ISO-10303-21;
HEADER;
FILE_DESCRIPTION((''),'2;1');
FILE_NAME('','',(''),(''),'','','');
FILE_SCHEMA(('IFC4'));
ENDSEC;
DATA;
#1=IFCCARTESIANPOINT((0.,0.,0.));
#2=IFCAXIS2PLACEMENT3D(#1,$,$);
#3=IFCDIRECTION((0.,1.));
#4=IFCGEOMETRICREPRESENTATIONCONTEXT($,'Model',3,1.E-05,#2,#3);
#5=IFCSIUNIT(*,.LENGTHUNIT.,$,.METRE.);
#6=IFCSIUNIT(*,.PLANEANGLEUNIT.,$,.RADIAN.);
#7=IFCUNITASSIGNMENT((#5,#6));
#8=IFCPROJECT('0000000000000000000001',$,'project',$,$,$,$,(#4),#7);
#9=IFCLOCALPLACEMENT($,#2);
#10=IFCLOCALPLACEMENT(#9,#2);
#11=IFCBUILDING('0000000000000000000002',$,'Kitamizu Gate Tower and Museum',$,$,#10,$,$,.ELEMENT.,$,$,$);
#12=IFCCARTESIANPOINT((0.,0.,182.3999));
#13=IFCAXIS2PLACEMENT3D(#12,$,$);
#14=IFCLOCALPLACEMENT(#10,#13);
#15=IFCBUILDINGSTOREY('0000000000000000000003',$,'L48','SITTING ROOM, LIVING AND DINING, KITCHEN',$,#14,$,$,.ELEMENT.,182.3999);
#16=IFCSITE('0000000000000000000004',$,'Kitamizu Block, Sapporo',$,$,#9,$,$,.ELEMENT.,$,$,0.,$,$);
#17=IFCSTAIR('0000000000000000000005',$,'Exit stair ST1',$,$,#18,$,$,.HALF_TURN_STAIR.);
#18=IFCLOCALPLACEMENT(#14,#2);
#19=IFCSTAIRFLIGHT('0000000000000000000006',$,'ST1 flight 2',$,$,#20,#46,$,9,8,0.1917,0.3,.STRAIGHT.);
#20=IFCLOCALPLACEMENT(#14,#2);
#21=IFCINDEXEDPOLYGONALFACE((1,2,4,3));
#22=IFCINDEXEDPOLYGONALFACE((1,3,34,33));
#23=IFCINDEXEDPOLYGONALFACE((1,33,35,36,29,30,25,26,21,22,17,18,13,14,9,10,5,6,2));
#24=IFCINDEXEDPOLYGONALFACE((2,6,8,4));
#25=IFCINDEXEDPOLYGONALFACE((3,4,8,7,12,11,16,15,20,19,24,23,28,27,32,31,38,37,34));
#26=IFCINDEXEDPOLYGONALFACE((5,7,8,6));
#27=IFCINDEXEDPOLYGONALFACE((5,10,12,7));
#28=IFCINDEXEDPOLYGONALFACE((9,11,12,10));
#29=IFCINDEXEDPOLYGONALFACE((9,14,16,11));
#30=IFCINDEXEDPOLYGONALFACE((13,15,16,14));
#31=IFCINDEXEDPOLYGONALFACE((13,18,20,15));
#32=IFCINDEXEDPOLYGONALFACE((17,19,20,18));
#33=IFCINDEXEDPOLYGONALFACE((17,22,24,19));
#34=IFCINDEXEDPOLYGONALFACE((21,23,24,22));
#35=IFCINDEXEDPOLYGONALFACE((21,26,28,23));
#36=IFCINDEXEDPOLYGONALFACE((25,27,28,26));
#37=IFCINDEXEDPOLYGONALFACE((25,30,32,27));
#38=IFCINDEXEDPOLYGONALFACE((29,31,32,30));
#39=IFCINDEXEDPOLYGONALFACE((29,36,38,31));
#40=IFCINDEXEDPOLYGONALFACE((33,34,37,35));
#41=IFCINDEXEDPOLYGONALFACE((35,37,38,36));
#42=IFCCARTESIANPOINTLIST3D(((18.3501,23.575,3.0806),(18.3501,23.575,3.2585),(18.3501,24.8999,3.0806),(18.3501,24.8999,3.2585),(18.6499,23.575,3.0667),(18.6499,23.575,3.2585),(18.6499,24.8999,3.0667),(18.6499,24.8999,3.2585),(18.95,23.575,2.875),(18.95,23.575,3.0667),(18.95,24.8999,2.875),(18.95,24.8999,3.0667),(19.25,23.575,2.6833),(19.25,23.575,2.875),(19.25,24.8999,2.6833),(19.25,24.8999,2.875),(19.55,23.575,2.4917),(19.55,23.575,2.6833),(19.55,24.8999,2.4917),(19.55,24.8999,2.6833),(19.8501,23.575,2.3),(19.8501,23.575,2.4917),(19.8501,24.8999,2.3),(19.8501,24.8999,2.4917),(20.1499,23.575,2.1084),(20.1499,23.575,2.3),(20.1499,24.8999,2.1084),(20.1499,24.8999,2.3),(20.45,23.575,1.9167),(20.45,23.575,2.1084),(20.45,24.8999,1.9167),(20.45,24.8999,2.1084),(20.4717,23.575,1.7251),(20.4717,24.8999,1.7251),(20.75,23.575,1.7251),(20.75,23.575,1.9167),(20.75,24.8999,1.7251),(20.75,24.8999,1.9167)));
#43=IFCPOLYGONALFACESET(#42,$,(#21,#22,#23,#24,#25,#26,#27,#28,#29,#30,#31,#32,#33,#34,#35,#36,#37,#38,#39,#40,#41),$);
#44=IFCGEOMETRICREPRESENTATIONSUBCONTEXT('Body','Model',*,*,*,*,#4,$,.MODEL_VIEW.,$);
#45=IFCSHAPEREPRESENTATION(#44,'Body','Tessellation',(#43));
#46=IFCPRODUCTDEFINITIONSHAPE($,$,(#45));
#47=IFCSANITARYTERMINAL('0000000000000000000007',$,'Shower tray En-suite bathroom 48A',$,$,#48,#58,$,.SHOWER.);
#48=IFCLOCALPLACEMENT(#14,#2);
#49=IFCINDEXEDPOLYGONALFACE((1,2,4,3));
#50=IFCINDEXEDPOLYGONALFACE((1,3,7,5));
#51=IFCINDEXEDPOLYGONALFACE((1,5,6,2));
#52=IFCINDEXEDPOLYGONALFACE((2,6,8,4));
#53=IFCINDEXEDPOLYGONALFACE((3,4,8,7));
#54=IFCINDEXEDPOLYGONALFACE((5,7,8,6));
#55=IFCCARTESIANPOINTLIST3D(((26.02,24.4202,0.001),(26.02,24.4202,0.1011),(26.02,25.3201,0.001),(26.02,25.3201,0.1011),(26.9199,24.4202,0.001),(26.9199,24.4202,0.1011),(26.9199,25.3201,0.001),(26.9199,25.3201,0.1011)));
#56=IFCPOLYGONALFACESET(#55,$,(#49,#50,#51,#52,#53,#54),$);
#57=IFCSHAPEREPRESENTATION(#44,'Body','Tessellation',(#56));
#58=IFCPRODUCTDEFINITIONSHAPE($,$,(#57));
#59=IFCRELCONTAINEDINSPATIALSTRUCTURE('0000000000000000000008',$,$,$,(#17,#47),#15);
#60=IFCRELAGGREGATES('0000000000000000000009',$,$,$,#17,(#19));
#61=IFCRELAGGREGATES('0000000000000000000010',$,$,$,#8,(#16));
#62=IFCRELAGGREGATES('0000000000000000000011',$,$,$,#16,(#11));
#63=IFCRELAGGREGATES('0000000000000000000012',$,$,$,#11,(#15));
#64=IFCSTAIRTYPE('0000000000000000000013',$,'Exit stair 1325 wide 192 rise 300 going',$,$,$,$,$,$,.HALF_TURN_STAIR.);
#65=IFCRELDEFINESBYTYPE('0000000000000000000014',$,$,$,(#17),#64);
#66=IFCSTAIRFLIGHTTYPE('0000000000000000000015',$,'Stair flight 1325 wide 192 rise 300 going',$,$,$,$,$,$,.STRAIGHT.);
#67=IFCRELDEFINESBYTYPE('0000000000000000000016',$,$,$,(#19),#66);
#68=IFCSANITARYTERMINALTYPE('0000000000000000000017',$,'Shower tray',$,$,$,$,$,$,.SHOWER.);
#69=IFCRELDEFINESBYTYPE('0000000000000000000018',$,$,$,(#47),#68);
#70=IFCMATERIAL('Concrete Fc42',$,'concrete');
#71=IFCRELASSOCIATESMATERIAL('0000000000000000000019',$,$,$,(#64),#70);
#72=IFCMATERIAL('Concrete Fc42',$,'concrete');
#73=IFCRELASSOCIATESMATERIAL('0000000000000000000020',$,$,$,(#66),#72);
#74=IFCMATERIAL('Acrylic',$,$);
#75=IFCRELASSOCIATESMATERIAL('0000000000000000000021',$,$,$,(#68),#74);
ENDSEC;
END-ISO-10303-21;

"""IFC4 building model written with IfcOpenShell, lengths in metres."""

from ifc_helpers import new_model, si_unit, direction, frame, origin, origin_2d, place, context, subcontext, project, spatial, polyline, rectangle, outline, extrude, material, type_object, element, aggregate, save


model = new_model("IFC4")

# Units and contexts
model_context = context("Model", 3, precision=1e-05, world=origin(), true_north=direction((0.0, 1.0)))
body_context = subcontext(model_context, "Body", "Model", "MODEL_VIEW")
ifc_project = project(units=[si_unit("LENGTHUNIT", "METRE"), si_unit("PLANEANGLEUNIT", "RADIAN")], contexts=[model_context])

# Site, building, storey
site_placement = place(None, origin())
site = spatial("IfcSite", under=ifc_project, at=site_placement, Name="Kitamizu Block, Sapporo", CompositionType="ELEMENT", RefElevation=0.0)
building_placement = place(site_placement, origin())
building = spatial("IfcBuilding", under=site, at=building_placement, Name="Kitamizu Gate Tower and Museum", CompositionType="ELEMENT")
storey_placement = place(building_placement, frame((0.0, 0.0, 182.3999)))
storey = spatial("IfcBuildingStorey", under=building, at=storey_placement, Name="L48", Description="SITTING ROOM, LIVING AND DINING, KITCHEN", CompositionType="ELEMENT", Elevation=182.3999)

# Stair, stair flight
ifc_material_1 = material(Name="Concrete Fc42", Category="concrete")
stair_type = type_object("IfcStairType", Name="Exit stair 1325 wide 192 rise 300 going", PredefinedType="HALF_TURN_STAIR", material=ifc_material_1)
stair_placement = place(storey_placement, origin())
stair = element("IfcStair", 1, at=stair_placement, inside=storey, type_object=stair_type, Name="Exit stair ST1", PredefinedType="HALF_TURN_STAIR")
ifc_material_2 = material(Name="Concrete Fc42", Category="concrete")
stair_flight_type = type_object("IfcStairFlightType", Name="Stair flight 1325 wide 192 rise 300 going", PredefinedType="STRAIGHT", material=ifc_material_2)
stair_flight_1_placement = place(storey_placement, frame((20.75, 24.2375, 1.7251), z_axis=(0.0, 0.0, 1.0), x_axis=(-1.0, 0.0, 0.0)))
stair_flight_1 = element("IfcStairFlight", 2, at=stair_flight_1_placement, type_object=stair_flight_type, Name="ST1 flight 2", NumberOfRisers=9, NumberOfTreads=8, PredefinedType="STRAIGHT", RiserHeight=0.1917, TreadLength=0.3, context=body_context, shape_type="SweptSolid", body=[
    extrude(outline(polyline([(0.0, 0.0), (0.0, 0.1917), (0.3, 0.1917), (0.3, 0.3833), (0.6001, 0.3833), (0.6001, 0.575), (0.8999, 0.575), (0.8999, 0.7666), (1.2, 0.7666), (1.2, 0.9583), (1.5, 0.9583), (1.5, 1.1499), (1.8, 1.1499), (1.8, 1.3416), (2.1001, 1.3416), (2.1001, 1.5334), (2.3999, 1.5334), (2.3999, 1.7251), (2.3999, 1.3555), (0.2783, 0.0), (0.0, 0.0)])), frame((0.0, 0.6626, 0.0), z_axis=(0.0, -1.0, 0.0), x_axis=(1.0, 0.0, 0.0)), (0.0, 0.0, 1.0), 1.325),
])
aggregate(stair, [stair_flight_1])

# Sanitary terminal
ifc_material_3 = material(Name="Acrylic")
sanitary_terminal_type = type_object("IfcSanitaryTerminalType", Name="Shower tray", PredefinedType="SHOWER", material=ifc_material_3)
sanitary_terminal_placement = place(storey_placement, frame((26.47, 24.8701, 0.001), z_axis=(0.0, 0.0, 1.0), x_axis=(1.0, 0.0, 0.0)))
element("IfcSanitaryTerminal", 3, at=sanitary_terminal_placement, inside=storey, type_object=sanitary_terminal_type, Name="Shower tray En-suite bathroom 48A", PredefinedType="SHOWER", context=body_context, shape_type="SweptSolid", body=[
    extrude(rectangle(XDim=0.8999, YDim=0.8999, at=origin_2d()), origin(), (0.0, 0.0, 1.0), 0.1001),
])

save(model, "model.ifc")
